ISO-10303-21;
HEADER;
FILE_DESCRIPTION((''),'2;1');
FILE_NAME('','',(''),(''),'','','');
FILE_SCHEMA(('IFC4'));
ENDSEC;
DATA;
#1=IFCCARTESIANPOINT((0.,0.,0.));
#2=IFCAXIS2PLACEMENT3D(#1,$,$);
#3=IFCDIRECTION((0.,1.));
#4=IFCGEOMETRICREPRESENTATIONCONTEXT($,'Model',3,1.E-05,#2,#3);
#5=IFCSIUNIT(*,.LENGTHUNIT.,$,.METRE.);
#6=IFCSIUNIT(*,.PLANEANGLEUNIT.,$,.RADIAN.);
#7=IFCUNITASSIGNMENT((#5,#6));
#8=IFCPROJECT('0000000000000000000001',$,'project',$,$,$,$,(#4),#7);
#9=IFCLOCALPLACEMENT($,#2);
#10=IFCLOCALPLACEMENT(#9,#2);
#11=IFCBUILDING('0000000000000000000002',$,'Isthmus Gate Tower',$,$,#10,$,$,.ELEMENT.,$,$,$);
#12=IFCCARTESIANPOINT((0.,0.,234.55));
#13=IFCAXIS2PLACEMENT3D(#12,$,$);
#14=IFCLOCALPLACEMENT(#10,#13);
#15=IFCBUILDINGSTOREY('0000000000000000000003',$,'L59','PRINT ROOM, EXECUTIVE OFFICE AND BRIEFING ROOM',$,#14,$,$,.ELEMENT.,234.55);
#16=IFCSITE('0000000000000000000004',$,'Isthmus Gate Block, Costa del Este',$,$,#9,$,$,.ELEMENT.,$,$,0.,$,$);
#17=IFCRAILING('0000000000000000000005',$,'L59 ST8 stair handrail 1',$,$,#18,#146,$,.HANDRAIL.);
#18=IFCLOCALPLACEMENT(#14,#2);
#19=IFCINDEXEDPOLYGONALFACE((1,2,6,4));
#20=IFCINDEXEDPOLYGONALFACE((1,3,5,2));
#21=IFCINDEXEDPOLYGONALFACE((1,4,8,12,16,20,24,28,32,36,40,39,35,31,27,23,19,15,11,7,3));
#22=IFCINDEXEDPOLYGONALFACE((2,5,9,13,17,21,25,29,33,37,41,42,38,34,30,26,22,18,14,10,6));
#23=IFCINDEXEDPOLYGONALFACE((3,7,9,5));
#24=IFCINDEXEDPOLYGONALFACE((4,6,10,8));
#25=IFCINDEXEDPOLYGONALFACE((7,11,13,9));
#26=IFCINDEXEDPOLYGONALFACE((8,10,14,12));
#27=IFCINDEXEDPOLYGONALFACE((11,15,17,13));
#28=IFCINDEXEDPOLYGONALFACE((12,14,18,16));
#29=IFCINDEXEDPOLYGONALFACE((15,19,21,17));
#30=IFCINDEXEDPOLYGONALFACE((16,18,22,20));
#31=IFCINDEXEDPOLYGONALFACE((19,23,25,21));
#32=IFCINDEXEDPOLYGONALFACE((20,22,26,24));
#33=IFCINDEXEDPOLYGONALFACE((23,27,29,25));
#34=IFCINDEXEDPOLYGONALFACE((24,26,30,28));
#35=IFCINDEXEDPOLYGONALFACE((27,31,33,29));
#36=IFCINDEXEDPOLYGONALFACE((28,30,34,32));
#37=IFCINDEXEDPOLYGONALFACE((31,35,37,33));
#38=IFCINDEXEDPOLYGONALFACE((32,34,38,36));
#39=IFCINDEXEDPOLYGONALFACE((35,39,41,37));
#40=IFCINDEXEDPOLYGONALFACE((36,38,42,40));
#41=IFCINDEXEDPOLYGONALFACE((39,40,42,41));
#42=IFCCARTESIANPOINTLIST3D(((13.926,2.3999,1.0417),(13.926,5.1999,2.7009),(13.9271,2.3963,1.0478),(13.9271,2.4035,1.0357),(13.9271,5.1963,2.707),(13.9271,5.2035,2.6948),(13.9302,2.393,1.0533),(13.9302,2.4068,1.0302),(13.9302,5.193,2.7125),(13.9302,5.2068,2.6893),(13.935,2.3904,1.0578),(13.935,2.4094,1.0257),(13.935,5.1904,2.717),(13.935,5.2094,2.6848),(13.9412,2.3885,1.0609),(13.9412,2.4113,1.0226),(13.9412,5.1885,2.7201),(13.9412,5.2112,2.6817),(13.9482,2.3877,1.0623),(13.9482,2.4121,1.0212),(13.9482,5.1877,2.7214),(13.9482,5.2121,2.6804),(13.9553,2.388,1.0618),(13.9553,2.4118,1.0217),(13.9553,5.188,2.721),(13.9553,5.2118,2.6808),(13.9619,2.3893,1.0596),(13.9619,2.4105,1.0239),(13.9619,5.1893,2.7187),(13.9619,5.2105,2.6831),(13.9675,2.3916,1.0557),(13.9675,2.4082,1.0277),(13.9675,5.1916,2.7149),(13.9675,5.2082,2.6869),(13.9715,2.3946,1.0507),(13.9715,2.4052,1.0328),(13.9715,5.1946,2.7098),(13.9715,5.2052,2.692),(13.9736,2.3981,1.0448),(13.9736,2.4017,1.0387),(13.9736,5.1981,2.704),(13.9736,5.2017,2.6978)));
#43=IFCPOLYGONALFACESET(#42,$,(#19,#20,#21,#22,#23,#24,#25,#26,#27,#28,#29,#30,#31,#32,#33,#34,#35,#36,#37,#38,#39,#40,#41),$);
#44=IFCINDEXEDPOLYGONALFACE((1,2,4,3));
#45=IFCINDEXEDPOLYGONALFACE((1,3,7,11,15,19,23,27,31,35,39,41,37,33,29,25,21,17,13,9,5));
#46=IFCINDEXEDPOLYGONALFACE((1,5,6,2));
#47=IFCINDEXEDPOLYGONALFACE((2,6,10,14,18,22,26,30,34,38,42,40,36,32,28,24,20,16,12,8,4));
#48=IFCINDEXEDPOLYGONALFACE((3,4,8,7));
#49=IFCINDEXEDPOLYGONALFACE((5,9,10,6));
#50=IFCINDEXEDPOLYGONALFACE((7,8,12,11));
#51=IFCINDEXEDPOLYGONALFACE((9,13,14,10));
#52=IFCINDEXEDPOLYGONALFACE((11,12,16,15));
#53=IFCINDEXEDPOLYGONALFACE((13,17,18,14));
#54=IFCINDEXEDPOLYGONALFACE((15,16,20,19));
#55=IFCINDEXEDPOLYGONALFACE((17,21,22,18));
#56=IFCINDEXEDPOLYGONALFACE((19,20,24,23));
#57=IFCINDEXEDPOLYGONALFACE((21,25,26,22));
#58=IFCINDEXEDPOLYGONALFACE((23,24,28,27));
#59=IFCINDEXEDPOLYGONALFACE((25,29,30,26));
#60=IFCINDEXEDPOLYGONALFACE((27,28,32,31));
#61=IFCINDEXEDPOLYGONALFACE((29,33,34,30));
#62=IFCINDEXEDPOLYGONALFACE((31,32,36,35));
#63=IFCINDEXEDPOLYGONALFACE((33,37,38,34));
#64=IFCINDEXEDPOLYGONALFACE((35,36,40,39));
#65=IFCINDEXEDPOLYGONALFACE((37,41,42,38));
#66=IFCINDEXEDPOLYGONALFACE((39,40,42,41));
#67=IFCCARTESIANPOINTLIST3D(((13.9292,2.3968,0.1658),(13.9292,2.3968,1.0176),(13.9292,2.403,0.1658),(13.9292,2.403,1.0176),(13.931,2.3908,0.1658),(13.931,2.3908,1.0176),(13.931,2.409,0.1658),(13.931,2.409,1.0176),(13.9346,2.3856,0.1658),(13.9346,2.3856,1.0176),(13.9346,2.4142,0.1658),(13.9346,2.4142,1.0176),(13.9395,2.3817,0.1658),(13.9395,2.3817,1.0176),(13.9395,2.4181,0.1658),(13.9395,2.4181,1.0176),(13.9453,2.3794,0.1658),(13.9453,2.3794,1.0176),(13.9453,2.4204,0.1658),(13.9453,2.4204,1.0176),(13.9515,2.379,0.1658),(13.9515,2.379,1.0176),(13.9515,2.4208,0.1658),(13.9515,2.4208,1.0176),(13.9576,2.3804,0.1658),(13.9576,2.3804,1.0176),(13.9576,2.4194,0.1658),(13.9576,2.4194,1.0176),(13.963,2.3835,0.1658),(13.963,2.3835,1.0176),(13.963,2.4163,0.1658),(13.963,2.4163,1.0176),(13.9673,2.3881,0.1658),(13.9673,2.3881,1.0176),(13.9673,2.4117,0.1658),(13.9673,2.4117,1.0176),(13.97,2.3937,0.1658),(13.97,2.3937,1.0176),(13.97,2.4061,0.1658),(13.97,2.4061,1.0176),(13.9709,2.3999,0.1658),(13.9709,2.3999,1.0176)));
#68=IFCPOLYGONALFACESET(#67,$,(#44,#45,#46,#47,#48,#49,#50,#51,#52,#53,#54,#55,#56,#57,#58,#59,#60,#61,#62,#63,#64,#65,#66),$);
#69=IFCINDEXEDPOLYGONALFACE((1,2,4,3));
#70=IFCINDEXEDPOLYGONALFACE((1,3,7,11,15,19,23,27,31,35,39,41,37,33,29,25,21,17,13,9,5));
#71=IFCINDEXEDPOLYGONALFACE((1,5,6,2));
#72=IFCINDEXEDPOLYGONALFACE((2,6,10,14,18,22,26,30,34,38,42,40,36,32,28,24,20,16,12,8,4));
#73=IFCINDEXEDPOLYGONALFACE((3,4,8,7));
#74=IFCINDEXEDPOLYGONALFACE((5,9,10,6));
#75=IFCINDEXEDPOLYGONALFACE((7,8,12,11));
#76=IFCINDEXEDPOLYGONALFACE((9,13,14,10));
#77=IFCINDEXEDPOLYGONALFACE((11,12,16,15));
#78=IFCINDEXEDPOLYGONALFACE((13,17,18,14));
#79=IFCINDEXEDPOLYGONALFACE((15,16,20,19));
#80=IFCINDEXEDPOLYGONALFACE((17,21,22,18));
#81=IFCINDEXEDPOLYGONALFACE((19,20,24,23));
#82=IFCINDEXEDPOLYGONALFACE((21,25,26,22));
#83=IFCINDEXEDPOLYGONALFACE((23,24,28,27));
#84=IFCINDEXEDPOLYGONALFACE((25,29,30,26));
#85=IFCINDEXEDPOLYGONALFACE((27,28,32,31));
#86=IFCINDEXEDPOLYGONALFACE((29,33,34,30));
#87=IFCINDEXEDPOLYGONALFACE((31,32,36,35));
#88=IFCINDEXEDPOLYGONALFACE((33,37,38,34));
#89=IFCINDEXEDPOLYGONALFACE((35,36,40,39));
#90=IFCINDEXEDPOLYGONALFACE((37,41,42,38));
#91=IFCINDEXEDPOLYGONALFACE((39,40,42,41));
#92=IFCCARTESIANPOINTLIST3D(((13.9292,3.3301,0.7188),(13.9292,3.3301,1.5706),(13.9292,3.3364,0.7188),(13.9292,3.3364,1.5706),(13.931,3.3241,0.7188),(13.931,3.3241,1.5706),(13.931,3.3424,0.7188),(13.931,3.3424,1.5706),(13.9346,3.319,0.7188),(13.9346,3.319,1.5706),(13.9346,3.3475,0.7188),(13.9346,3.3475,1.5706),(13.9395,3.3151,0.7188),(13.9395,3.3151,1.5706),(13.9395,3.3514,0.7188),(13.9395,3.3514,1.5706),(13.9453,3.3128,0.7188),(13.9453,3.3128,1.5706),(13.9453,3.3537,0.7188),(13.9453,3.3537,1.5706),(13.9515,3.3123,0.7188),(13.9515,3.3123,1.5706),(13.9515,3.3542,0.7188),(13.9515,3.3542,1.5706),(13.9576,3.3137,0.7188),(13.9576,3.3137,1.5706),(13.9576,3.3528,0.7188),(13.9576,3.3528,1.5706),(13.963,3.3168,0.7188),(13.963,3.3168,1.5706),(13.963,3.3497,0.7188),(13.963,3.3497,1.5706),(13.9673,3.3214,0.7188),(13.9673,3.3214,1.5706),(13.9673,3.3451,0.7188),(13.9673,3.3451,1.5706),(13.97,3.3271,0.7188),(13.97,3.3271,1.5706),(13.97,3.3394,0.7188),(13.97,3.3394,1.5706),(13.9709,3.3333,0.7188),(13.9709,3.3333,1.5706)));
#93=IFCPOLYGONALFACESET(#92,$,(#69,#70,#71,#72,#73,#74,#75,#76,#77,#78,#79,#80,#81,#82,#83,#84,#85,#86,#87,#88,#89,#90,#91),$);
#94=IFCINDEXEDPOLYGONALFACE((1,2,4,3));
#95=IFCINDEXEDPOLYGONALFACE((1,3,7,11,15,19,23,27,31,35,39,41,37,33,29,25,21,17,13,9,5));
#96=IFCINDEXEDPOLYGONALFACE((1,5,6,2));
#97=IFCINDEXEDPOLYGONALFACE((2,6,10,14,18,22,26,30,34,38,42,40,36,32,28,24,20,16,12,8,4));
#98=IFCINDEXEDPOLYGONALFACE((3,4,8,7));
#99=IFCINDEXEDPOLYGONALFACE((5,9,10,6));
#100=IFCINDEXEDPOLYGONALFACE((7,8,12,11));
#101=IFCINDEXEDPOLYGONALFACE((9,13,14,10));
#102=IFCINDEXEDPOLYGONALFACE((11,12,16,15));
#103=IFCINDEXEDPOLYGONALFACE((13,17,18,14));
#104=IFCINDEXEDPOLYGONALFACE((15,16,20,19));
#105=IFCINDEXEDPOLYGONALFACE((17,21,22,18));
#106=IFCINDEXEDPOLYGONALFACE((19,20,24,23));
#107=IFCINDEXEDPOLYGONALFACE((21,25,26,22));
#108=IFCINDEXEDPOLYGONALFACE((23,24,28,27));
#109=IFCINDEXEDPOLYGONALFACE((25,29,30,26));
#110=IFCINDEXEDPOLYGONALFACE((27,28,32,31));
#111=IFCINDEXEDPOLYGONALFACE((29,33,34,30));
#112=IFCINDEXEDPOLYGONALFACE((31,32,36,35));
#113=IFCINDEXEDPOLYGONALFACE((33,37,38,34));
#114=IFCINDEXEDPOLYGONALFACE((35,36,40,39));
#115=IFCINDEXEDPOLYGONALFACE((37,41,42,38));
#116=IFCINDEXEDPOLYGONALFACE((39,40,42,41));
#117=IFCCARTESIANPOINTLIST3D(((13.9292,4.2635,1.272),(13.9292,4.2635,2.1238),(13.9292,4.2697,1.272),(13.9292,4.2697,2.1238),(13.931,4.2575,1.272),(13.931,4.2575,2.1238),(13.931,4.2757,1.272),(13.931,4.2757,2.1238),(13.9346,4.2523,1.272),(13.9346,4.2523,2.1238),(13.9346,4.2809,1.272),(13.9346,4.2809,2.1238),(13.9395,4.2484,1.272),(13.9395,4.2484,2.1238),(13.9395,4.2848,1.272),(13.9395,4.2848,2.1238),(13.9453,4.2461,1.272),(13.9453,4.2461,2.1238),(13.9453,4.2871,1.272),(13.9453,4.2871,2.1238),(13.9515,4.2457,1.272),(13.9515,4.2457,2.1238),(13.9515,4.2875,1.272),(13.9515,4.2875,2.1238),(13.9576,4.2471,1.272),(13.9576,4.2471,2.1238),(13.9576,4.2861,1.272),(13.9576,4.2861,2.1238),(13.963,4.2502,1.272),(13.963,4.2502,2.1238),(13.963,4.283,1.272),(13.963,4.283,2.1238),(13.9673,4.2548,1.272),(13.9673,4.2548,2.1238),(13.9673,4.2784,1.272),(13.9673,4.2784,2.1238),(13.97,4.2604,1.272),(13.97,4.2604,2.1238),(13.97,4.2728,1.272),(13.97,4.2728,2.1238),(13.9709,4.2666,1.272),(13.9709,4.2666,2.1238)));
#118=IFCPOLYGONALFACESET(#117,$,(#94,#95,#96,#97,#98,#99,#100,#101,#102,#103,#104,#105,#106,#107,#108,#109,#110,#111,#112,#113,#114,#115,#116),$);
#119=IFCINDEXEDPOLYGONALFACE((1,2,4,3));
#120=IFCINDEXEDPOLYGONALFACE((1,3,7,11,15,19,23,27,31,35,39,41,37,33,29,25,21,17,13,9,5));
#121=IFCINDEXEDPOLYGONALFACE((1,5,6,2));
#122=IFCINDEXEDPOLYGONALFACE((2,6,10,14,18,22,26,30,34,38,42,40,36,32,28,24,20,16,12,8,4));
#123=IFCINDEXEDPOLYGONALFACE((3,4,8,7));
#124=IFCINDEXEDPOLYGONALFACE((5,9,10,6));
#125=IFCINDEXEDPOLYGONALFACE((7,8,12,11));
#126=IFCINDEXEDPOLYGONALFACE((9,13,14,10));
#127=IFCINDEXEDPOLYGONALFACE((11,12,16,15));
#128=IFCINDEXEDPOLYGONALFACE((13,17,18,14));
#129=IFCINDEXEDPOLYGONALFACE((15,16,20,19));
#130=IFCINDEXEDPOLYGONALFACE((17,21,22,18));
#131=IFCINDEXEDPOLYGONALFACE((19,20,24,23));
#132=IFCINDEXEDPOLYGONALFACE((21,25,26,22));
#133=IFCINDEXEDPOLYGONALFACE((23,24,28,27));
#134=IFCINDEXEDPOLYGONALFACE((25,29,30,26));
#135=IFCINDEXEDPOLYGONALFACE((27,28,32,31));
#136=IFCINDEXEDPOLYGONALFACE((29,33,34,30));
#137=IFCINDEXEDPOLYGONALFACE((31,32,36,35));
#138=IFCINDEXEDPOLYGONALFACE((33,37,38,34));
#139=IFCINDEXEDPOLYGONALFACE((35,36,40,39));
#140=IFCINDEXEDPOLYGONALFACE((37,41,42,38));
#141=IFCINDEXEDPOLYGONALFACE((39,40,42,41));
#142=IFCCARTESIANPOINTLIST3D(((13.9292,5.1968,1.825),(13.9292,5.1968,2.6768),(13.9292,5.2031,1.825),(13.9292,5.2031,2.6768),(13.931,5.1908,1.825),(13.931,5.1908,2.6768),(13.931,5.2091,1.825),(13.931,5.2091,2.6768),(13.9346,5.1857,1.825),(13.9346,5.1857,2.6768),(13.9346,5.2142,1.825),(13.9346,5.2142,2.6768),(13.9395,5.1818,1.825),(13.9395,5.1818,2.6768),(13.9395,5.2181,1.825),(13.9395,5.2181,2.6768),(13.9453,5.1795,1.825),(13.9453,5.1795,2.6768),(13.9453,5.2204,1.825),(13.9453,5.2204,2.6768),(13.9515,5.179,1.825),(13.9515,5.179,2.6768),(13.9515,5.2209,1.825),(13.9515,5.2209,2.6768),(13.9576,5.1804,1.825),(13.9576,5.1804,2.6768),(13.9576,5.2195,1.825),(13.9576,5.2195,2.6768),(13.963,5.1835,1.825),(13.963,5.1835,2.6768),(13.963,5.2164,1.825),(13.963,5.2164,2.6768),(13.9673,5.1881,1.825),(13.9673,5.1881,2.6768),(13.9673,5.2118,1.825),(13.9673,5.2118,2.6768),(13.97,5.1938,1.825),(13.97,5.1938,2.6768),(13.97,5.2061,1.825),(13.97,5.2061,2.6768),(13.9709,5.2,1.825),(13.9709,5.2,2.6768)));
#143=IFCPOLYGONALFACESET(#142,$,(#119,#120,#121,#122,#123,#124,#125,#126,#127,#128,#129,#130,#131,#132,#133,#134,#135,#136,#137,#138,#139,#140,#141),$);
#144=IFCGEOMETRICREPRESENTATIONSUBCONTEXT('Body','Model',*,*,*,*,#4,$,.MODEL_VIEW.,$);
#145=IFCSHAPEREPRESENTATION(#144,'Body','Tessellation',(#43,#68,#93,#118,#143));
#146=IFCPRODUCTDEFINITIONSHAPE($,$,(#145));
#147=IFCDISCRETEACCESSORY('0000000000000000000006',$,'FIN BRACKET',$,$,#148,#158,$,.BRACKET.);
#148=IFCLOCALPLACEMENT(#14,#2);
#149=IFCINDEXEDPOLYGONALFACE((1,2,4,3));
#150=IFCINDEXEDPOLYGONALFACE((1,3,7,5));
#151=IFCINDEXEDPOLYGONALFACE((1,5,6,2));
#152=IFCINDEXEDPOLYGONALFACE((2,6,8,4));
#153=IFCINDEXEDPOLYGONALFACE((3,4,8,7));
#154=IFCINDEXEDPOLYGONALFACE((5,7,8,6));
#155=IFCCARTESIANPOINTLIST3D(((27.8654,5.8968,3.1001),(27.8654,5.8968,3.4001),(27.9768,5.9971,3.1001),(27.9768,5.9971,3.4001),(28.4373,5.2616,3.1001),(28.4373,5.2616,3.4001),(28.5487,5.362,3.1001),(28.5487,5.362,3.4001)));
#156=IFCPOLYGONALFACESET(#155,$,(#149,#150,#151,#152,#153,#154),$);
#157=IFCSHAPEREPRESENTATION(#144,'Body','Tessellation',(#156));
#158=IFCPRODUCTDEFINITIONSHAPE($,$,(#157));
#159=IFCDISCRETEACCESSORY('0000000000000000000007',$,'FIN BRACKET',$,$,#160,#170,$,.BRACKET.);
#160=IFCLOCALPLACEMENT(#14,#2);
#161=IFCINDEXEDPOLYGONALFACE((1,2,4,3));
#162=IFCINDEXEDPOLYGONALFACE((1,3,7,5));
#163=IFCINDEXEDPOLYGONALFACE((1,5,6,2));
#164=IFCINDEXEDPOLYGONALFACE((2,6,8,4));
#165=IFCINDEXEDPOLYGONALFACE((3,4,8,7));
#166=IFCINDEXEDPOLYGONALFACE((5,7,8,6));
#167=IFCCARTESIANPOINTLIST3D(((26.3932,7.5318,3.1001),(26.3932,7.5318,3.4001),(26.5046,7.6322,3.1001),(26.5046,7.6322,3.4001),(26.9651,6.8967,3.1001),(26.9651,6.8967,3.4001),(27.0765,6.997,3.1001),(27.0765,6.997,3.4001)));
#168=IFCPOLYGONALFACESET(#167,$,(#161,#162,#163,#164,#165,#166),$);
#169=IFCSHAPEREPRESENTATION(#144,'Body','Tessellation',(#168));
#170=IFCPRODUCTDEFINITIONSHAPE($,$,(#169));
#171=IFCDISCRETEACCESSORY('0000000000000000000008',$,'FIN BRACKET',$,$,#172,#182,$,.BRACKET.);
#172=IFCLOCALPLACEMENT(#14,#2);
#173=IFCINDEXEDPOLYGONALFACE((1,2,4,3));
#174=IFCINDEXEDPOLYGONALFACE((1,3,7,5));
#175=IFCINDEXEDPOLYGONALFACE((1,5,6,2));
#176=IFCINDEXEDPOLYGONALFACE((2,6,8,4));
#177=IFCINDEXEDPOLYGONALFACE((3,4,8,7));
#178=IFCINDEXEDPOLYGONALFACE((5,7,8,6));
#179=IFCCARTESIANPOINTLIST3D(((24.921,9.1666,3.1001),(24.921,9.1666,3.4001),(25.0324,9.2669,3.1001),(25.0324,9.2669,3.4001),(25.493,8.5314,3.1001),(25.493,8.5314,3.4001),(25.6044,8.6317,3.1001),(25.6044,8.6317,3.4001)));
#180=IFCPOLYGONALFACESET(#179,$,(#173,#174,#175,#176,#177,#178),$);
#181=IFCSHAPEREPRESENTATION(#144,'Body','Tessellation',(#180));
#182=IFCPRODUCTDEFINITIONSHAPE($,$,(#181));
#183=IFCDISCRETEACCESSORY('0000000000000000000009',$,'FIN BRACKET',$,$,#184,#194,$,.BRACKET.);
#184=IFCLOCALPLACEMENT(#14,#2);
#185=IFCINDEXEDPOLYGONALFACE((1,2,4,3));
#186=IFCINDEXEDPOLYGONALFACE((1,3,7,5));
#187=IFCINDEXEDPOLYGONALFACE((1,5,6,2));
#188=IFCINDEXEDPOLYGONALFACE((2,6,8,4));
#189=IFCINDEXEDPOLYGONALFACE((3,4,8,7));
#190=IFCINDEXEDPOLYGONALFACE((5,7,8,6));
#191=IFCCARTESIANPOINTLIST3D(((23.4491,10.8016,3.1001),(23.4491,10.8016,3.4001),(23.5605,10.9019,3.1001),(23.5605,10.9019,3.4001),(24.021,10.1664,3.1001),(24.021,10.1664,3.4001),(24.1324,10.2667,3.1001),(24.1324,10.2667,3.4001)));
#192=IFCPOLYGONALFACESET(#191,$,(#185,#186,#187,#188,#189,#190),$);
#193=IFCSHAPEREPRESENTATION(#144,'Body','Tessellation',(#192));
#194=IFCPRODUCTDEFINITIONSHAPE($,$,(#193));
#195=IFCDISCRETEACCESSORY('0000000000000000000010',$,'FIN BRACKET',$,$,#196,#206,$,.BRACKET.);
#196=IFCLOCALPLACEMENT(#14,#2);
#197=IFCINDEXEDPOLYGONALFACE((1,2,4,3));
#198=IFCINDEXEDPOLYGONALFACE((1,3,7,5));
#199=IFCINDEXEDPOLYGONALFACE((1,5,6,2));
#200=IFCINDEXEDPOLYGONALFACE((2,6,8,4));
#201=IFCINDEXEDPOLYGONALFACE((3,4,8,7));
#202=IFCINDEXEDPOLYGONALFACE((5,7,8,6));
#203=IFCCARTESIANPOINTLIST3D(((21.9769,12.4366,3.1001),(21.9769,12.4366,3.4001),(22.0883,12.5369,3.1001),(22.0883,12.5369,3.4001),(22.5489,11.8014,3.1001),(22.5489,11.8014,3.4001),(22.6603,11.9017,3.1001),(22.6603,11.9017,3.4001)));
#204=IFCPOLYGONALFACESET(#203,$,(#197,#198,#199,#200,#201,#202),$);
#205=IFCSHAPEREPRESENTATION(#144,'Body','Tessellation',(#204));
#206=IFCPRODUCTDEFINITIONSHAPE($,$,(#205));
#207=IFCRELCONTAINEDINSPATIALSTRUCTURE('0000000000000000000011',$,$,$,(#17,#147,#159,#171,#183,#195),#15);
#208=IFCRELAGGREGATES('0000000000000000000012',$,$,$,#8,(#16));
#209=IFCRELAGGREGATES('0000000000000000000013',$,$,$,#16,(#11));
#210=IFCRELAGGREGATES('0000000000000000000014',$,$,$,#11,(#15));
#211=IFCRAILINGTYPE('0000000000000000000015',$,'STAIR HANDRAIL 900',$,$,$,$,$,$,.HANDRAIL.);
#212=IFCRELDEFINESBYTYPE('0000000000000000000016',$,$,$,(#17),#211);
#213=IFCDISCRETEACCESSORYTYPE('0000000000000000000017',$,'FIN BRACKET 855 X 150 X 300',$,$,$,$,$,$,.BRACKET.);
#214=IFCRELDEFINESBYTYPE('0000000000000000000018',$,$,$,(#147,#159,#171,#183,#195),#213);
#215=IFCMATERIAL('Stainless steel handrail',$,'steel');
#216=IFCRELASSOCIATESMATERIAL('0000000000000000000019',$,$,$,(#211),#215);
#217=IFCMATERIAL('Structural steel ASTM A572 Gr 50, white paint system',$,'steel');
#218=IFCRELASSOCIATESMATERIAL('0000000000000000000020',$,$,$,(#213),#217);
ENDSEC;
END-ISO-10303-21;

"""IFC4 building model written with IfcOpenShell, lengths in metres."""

from ifc_helpers import new_model, si_unit, direction, frame, origin, origin_2d, place, context, subcontext, project, spatial, rectangle, circle, extrude, material, type_object, element, save


model = new_model("IFC4")

# Units and contexts
model_context = context("Model", 3, precision=1e-05, world=origin(), true_north=direction((0.0, 1.0)))
body_context = subcontext(model_context, "Body", "Model", "MODEL_VIEW")
ifc_project = project(units=[si_unit("LENGTHUNIT", "METRE"), si_unit("PLANEANGLEUNIT", "RADIAN")], contexts=[model_context])

# Site, building, storey
site_placement = place(None, origin())
site = spatial("IfcSite", under=ifc_project, at=site_placement, Name="Isthmus Gate Block, Costa del Este", CompositionType="ELEMENT", RefElevation=0.0)
building_placement = place(site_placement, origin())
building = spatial("IfcBuilding", under=site, at=building_placement, Name="Isthmus Gate Tower", CompositionType="ELEMENT")
storey_placement = place(building_placement, frame((0.0, 0.0, 234.55)))
storey = spatial("IfcBuildingStorey", under=building, at=storey_placement, Name="L59", Description="PRINT ROOM, EXECUTIVE OFFICE AND BRIEFING ROOM", CompositionType="ELEMENT", Elevation=234.55)

# Railing
ifc_material_1 = material(Name="Stainless steel handrail", Category="steel")
railing_type_1 = type_object("IfcRailingType", Name="STAIR HANDRAIL 900", PredefinedType="HANDRAIL", material=ifc_material_1)
railing_1_placement = place(storey_placement, frame((13.95, 2.3999, 0.1658)))
element("IfcRailing", 1, at=railing_1_placement, inside=storey, type_object=railing_type_1, Name="L59 ST8 stair handrail 1", PredefinedType="HANDRAIL", context=body_context, shape_type="SweptSolid", body=[
    extrude(circle(Radius=0.0239, at=origin_2d()), frame((0.0, 0.0, 0.876), z_axis=(0.0, 0.860306, 0.509778), x_axis=(-1.0, 0.0, 0.0)), (0.0, 0.0, 1.0), 3.2546),
    extrude(circle(Radius=0.021, at=origin_2d()), origin(), (0.0, 0.0, 1.0), 0.8518),
    extrude(circle(Radius=0.021, at=origin_2d()), frame((0.0, 0.9333, 0.553)), (0.0, 0.0, 1.0), 0.8518),
    extrude(circle(Radius=0.021, at=origin_2d()), frame((0.0, 1.8667, 1.1062)), (0.0, 0.0, 1.0), 0.8518),
    extrude(circle(Radius=0.021, at=origin_2d()), frame((0.0, 2.8, 1.6592)), (0.0, 0.0, 1.0), 0.8518),
])

# Discrete accessories
ifc_material_2 = material(Name="Structural steel ASTM A572 Gr 50, white paint system", Category="steel")
discrete_accessory_type = type_object("IfcDiscreteAccessoryType", Name="FIN BRACKET 855 X 150 X 300", PredefinedType="BRACKET", material=ifc_material_2)
for number, where, z_axis, x_axis, name in (
    (2, (28.207, 5.6294, 3.1001), (0.0, 0.0, 1.0), (0.743145, 0.669131, 0.0), "FIN BRACKET"),
    (3, (26.7349, 7.2644, 3.1001), (0.0, 0.0, 1.0), (0.743145, 0.669131, 0.0), "FIN BRACKET"),
    (4, (25.2627, 8.8992, 3.1001), (0.0, 0.0, 1.0), (0.743145, 0.669131, 0.0), "FIN BRACKET"),
    (5, (23.7908, 10.5342, 3.1001), (0.0, 0.0, 1.0), (0.743145, 0.669131, 0.0), "FIN BRACKET"),
    (6, (22.3186, 12.1692, 3.1001), (0.0, 0.0, 1.0), (0.743145, 0.669131, 0.0), "FIN BRACKET"),
):
    element("IfcDiscreteAccessory", number, at=place(storey_placement, frame(where, z_axis=z_axis, x_axis=x_axis)), inside=storey, type_object=discrete_accessory_type, Name=name, PredefinedType="BRACKET", context=body_context, shape_type="SweptSolid", body=[
        extrude(rectangle(XDim=0.1499, YDim=0.8547, at=origin_2d()), origin(), (0.0, 0.0, 1.0), 0.3),
    ])

save(model, "model.ifc")
